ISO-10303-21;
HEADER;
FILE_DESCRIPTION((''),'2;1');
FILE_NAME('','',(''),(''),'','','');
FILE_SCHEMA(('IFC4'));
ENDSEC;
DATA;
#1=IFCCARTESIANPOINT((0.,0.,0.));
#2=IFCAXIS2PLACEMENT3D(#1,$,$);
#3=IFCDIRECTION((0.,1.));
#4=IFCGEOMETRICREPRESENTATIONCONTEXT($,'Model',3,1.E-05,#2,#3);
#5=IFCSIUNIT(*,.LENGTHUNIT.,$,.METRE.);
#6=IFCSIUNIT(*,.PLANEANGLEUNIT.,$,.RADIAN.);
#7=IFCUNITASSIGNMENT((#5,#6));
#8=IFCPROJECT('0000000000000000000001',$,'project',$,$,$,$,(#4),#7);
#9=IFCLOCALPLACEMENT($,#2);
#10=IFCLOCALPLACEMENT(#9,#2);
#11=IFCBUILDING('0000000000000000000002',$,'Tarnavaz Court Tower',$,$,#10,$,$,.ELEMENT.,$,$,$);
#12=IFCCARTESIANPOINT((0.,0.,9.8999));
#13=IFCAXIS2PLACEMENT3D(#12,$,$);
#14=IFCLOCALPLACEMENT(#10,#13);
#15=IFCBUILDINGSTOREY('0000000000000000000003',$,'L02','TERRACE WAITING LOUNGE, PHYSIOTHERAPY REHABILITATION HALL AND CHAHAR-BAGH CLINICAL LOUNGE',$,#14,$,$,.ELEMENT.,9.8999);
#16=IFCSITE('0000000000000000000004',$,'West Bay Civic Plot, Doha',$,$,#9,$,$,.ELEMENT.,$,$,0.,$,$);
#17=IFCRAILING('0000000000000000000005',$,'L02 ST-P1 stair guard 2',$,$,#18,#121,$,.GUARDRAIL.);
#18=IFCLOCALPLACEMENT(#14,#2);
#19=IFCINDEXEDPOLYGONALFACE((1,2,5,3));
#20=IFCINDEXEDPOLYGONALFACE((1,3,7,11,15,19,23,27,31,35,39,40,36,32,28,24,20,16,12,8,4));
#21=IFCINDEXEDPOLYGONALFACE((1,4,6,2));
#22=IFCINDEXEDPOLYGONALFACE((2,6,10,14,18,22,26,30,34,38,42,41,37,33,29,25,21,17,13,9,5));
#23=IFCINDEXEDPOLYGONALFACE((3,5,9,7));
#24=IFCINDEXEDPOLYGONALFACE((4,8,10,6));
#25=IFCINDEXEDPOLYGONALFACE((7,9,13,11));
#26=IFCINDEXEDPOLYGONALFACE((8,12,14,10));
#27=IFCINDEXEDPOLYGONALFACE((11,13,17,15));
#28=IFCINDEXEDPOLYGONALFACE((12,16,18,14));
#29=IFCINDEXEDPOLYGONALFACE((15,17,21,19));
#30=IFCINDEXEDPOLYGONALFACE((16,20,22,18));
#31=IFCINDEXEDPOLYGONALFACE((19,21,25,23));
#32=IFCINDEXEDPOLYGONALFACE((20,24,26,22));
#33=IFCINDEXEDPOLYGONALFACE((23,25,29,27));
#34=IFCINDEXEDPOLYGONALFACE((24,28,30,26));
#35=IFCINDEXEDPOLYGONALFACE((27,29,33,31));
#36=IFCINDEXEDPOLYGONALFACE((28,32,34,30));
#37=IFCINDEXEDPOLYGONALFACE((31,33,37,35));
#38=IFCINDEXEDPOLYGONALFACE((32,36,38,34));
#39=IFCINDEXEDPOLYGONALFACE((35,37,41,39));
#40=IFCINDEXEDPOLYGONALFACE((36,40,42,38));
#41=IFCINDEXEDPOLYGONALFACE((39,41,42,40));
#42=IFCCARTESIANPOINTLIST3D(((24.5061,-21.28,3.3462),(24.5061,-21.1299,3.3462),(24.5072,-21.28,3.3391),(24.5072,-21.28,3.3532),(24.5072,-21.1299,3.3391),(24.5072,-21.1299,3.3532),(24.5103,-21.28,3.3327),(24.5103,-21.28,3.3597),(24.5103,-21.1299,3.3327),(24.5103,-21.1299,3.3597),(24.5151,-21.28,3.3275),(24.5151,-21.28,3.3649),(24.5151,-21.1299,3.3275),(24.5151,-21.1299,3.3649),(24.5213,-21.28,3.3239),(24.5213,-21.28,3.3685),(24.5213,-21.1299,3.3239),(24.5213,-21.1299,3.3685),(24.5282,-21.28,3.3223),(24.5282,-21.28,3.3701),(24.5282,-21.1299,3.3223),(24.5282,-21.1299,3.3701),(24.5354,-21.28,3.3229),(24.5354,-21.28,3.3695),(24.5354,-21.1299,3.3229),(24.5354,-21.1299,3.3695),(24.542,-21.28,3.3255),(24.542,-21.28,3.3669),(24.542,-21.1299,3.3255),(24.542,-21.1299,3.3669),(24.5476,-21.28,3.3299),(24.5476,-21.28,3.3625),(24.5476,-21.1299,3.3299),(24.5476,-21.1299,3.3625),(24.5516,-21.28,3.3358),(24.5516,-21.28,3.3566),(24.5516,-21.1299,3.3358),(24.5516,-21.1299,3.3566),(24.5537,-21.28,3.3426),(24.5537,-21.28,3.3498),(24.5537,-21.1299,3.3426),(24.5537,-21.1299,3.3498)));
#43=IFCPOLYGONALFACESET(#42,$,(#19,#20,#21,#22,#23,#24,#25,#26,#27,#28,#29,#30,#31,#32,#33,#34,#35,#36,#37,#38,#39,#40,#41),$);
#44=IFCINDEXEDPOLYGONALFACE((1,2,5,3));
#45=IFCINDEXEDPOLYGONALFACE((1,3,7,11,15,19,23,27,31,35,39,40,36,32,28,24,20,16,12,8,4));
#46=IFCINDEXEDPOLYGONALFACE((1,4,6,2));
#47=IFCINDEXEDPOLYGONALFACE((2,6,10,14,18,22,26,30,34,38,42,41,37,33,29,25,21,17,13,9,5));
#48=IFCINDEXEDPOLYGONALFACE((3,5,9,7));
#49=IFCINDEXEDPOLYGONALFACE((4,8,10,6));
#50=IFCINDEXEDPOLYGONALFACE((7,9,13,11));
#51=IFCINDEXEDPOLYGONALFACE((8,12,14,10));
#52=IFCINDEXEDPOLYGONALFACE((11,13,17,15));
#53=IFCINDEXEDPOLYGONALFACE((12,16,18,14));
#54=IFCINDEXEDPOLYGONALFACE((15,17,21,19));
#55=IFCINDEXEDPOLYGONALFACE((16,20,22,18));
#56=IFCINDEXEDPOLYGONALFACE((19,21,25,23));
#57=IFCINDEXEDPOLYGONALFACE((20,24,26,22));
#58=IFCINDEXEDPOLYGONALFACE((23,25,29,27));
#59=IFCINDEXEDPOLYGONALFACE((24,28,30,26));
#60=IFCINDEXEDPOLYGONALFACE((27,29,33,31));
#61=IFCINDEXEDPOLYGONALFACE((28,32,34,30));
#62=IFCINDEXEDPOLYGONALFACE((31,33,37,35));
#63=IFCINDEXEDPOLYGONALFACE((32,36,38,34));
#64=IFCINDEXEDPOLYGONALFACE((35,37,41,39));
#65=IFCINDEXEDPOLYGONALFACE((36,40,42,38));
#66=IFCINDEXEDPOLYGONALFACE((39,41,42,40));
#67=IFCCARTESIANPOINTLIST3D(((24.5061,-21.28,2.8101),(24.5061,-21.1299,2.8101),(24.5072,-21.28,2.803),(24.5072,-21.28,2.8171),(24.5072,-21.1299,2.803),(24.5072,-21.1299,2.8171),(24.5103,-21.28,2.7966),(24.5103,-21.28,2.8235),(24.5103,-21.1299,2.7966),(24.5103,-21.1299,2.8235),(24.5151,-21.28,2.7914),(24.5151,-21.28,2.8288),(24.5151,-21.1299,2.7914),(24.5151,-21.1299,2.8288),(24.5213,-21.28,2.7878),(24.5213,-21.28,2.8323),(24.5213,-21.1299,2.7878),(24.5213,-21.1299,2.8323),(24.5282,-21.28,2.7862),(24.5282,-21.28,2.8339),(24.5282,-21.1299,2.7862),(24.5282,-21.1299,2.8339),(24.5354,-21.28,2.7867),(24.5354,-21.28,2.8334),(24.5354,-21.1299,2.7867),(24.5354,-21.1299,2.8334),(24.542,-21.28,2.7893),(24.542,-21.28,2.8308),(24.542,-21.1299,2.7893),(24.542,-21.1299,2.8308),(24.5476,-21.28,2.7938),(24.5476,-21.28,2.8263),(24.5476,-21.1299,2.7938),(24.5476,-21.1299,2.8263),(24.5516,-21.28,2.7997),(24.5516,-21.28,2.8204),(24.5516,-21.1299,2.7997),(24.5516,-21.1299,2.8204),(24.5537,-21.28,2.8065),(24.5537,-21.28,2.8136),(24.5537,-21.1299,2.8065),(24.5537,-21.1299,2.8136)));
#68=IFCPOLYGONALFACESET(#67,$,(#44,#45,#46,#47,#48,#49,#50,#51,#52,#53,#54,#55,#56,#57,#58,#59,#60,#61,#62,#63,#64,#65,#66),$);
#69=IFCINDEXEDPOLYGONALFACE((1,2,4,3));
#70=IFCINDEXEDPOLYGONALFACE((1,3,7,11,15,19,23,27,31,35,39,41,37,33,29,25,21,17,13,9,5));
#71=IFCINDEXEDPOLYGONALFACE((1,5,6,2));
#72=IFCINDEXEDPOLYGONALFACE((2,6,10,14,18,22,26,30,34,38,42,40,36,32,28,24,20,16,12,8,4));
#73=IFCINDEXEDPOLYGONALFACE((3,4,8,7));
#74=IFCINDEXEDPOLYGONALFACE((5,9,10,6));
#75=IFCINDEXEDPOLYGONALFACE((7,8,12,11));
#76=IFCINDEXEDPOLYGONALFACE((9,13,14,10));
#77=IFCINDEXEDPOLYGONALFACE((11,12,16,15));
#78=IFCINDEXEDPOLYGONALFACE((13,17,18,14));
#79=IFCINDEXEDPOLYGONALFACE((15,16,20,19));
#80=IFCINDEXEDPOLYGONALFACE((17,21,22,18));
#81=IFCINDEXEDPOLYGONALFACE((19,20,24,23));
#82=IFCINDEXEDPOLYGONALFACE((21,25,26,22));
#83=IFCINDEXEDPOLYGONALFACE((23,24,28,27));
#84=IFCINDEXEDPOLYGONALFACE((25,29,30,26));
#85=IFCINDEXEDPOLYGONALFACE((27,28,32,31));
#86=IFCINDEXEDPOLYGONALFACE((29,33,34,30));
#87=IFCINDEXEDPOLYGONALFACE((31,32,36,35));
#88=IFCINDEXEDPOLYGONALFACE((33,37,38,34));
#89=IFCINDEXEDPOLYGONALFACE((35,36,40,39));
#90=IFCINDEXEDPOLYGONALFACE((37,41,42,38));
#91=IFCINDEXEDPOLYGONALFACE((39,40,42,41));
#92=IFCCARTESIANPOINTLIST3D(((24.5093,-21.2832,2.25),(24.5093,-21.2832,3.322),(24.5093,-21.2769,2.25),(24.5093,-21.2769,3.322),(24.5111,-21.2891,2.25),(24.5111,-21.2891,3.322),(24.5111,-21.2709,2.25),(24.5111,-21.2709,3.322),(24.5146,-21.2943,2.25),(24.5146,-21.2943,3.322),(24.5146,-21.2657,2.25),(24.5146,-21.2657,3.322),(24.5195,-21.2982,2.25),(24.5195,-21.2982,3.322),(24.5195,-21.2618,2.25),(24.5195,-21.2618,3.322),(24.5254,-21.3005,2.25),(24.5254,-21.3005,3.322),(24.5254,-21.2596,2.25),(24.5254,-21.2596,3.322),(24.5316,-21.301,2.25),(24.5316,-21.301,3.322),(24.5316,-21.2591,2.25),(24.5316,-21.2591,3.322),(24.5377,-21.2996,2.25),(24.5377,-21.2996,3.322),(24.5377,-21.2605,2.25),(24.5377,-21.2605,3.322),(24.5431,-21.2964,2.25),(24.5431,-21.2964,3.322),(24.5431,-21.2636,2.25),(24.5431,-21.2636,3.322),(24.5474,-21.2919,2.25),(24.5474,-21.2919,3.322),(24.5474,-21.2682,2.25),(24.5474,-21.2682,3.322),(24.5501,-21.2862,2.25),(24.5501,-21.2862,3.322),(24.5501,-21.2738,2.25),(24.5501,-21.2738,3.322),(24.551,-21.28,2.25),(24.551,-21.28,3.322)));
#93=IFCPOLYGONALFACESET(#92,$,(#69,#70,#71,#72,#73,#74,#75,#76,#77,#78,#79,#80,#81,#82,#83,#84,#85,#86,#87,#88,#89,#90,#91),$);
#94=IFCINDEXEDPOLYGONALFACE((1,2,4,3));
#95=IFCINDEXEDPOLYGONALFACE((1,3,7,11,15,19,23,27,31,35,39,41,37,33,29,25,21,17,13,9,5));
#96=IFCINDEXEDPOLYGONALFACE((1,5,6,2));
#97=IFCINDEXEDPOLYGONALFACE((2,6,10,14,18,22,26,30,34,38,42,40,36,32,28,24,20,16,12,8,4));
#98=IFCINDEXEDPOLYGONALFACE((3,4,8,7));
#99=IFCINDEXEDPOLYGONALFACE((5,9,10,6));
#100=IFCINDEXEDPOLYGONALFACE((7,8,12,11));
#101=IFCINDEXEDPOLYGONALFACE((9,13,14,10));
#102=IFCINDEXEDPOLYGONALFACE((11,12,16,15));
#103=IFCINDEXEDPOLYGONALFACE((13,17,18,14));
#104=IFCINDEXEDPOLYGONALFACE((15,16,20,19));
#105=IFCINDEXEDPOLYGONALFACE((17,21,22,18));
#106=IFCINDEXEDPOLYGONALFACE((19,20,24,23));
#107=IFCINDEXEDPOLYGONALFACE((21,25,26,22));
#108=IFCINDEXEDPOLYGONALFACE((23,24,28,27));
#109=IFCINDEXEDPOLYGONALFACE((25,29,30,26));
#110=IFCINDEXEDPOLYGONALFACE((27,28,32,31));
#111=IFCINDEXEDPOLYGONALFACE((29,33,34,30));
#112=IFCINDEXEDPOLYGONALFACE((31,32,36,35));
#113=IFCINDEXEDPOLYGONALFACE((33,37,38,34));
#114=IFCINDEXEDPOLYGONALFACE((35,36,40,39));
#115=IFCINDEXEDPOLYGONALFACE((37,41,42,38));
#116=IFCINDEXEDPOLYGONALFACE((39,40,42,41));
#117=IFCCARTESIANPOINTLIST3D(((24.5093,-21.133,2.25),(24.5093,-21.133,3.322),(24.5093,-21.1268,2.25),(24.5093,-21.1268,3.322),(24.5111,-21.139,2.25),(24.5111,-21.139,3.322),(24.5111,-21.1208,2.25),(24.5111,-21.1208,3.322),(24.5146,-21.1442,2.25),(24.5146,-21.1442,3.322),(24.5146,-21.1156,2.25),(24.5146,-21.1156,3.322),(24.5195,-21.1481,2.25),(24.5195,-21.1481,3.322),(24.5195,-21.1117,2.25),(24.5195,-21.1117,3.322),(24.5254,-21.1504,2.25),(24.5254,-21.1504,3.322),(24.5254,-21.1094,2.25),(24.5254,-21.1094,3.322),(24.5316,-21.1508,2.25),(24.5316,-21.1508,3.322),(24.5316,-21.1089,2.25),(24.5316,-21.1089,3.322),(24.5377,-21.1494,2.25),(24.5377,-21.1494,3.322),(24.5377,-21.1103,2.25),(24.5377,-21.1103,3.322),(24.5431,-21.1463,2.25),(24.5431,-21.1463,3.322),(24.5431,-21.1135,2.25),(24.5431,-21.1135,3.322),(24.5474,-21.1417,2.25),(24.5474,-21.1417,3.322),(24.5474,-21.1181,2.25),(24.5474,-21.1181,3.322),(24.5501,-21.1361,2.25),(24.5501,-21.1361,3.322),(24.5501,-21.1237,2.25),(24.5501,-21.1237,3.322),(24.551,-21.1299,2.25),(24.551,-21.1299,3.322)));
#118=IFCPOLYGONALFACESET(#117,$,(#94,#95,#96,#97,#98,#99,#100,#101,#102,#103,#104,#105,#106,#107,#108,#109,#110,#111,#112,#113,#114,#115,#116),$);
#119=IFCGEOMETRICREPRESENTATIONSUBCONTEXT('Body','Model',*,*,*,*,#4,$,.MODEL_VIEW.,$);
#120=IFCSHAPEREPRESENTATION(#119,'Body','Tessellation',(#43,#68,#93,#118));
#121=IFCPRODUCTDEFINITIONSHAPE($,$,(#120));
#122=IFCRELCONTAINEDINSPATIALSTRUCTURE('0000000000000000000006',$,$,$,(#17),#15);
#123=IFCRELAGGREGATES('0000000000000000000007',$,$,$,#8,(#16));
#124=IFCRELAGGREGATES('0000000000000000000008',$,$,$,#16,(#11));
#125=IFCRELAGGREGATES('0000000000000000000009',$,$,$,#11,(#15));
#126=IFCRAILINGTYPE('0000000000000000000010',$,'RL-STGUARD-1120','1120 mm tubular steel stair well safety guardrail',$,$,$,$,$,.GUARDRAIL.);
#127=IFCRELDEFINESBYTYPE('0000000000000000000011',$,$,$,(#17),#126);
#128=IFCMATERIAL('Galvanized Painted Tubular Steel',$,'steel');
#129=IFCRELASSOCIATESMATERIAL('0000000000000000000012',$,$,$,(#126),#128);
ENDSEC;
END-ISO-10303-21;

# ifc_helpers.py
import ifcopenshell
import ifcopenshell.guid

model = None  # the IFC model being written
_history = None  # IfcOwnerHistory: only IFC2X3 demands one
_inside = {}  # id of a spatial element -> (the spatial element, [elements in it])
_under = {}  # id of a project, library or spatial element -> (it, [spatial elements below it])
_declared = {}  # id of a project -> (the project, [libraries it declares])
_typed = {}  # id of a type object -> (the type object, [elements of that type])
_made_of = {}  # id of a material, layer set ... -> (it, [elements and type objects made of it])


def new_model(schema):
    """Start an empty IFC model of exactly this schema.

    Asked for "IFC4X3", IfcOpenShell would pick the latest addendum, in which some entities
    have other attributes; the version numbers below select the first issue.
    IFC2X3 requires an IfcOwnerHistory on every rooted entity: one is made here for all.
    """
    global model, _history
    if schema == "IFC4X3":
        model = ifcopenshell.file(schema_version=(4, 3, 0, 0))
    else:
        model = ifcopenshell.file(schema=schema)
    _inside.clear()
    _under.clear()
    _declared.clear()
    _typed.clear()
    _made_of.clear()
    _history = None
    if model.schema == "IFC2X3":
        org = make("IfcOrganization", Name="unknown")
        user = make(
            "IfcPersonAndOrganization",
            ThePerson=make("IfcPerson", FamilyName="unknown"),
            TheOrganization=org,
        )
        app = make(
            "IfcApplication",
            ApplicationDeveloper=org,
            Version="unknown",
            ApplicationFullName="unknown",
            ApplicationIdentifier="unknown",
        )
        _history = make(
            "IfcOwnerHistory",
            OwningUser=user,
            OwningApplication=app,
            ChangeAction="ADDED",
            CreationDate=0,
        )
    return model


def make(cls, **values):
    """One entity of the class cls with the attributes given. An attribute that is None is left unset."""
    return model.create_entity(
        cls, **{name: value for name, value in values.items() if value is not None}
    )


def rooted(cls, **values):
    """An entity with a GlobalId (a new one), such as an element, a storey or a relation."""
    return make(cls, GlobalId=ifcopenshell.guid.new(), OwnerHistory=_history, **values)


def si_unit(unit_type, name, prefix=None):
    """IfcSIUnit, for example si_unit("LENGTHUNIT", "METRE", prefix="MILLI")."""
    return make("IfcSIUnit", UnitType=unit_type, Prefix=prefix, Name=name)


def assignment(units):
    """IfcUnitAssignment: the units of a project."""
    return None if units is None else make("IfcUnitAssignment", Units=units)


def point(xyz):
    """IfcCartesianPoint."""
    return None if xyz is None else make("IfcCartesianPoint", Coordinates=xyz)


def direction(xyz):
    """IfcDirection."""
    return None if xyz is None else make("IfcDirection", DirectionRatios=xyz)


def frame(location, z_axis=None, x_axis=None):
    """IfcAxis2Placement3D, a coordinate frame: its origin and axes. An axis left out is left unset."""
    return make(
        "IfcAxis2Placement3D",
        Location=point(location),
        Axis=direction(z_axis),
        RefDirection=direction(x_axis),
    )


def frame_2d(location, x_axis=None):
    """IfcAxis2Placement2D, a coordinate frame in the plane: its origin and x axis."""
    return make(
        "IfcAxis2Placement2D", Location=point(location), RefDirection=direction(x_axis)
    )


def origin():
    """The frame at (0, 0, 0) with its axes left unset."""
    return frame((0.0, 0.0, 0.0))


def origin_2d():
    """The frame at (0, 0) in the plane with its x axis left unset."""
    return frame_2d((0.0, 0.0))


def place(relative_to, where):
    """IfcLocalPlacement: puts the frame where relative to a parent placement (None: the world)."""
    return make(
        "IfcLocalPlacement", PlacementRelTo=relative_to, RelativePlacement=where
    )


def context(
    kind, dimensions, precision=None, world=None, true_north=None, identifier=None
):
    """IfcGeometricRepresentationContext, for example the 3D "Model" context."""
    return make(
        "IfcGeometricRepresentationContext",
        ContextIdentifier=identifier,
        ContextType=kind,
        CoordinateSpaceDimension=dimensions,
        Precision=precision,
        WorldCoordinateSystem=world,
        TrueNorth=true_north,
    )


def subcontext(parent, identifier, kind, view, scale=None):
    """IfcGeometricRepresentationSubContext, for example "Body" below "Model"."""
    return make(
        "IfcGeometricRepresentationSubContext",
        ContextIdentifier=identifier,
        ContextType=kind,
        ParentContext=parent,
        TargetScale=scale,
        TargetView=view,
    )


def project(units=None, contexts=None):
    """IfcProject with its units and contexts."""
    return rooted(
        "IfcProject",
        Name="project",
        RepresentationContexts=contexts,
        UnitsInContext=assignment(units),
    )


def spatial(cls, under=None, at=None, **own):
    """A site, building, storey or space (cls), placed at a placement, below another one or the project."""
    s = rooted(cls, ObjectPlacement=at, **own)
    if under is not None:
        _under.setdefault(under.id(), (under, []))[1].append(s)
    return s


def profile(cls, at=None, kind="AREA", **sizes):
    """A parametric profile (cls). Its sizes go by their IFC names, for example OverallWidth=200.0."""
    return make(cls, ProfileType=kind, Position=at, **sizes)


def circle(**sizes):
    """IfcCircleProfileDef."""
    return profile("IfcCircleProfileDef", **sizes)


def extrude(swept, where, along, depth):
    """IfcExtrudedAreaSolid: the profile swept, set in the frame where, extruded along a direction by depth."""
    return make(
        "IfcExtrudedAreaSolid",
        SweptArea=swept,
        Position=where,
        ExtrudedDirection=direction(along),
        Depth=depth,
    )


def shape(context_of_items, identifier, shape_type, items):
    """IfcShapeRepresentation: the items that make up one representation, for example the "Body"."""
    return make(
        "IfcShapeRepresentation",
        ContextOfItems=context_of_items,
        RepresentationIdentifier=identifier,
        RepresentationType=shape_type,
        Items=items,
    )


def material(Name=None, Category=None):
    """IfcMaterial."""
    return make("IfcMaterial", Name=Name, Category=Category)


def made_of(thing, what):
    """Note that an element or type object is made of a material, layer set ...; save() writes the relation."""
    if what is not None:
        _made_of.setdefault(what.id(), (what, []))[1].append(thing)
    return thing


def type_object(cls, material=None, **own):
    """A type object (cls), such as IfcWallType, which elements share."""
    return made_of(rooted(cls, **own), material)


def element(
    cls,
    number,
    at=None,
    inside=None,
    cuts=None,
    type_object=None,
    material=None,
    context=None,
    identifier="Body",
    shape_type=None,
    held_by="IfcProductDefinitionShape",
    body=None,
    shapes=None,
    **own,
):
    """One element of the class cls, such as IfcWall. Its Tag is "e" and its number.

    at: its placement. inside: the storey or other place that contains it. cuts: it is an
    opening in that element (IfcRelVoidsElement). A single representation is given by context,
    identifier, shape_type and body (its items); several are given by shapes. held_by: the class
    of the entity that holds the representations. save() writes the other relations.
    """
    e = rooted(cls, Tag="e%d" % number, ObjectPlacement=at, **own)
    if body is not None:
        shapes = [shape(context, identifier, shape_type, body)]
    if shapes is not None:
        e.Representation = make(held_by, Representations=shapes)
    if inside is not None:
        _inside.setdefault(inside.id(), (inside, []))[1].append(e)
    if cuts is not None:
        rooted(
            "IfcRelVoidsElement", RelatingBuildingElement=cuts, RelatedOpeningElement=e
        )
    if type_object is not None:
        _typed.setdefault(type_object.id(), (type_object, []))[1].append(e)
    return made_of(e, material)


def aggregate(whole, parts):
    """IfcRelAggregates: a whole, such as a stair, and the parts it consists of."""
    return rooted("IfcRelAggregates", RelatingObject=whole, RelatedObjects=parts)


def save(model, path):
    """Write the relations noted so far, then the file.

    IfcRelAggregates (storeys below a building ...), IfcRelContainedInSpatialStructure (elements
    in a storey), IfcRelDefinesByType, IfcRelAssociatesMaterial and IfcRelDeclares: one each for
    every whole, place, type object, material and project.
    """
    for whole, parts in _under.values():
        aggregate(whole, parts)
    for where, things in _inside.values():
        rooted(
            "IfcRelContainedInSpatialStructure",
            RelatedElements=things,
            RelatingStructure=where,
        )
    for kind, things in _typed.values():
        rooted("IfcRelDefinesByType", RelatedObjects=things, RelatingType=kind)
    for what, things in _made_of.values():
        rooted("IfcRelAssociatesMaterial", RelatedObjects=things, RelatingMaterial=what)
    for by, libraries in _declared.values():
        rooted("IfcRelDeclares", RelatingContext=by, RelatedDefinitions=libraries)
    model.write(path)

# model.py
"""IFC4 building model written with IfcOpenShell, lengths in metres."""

from ifc_helpers import new_model, si_unit, direction, frame, origin, origin_2d, place, context, subcontext, project, spatial, circle, extrude, material, type_object, element, save


model = new_model("IFC4")

# Units and contexts
model_context = context("Model", 3, precision=1e-05, world=origin(), true_north=direction((0.0, 1.0)))
body_context = subcontext(model_context, "Body", "Model", "MODEL_VIEW")
ifc_project = project(units=[si_unit("LENGTHUNIT", "METRE"), si_unit("PLANEANGLEUNIT", "RADIAN")], contexts=[model_context])

# Site, building, storey
site_placement = place(None, origin())
site = spatial("IfcSite", under=ifc_project, at=site_placement, Name="West Bay Civic Plot, Doha", CompositionType="ELEMENT", RefElevation=0.0)
building_placement = place(site_placement, origin())
building = spatial("IfcBuilding", under=site, at=building_placement, Name="Tarnavaz Court Tower", CompositionType="ELEMENT")
storey_placement = place(building_placement, frame((0.0, 0.0, 9.8999)))
storey = spatial("IfcBuildingStorey", under=building, at=storey_placement, Name="L02", Description="TERRACE WAITING LOUNGE, PHYSIOTHERAPY REHABILITATION HALL AND CHAHAR-BAGH CLINICAL LOUNGE", CompositionType="ELEMENT", Elevation=9.8999)

# Railing
ifc_material_1 = material(Name="Galvanized Painted Tubular Steel", Category="steel")
railing_type_1 = type_object("IfcRailingType", Name="RL-STGUARD-1120", Description="1120 mm tubular steel stair well safety guardrail", PredefinedType="GUARDRAIL", material=ifc_material_1)
railing_1_placement = place(storey_placement, frame((24.53, -21.28, 2.25)))
element("IfcRailing", 1, at=railing_1_placement, inside=storey, type_object=railing_type_1, Name="L02 ST-P1 stair guard 2", PredefinedType="GUARDRAIL", context=body_context, shape_type="SweptSolid", body=[
    extrude(circle(Radius=0.0239, at=origin_2d()), frame((0.0, 0.0, 1.0962), z_axis=(0.0, 1.0, 0.0), x_axis=(-1.0, 0.0, 0.0)), (0.0, 0.0, 1.0), 0.1501),
    extrude(circle(Radius=0.0239, at=origin_2d()), frame((0.0, 0.0, 0.5601), z_axis=(0.0, 1.0, 0.0), x_axis=(-1.0, 0.0, 0.0)), (0.0, 0.0, 1.0), 0.1501),
    extrude(circle(Radius=0.021, at=origin_2d()), origin(), (0.0, 0.0, 1.0), 1.072),
    extrude(circle(Radius=0.021, at=origin_2d()), frame((0.0, 0.1501, 0.0)), (0.0, 0.0, 1.0), 1.072),
])

save(model, "model.ifc")
